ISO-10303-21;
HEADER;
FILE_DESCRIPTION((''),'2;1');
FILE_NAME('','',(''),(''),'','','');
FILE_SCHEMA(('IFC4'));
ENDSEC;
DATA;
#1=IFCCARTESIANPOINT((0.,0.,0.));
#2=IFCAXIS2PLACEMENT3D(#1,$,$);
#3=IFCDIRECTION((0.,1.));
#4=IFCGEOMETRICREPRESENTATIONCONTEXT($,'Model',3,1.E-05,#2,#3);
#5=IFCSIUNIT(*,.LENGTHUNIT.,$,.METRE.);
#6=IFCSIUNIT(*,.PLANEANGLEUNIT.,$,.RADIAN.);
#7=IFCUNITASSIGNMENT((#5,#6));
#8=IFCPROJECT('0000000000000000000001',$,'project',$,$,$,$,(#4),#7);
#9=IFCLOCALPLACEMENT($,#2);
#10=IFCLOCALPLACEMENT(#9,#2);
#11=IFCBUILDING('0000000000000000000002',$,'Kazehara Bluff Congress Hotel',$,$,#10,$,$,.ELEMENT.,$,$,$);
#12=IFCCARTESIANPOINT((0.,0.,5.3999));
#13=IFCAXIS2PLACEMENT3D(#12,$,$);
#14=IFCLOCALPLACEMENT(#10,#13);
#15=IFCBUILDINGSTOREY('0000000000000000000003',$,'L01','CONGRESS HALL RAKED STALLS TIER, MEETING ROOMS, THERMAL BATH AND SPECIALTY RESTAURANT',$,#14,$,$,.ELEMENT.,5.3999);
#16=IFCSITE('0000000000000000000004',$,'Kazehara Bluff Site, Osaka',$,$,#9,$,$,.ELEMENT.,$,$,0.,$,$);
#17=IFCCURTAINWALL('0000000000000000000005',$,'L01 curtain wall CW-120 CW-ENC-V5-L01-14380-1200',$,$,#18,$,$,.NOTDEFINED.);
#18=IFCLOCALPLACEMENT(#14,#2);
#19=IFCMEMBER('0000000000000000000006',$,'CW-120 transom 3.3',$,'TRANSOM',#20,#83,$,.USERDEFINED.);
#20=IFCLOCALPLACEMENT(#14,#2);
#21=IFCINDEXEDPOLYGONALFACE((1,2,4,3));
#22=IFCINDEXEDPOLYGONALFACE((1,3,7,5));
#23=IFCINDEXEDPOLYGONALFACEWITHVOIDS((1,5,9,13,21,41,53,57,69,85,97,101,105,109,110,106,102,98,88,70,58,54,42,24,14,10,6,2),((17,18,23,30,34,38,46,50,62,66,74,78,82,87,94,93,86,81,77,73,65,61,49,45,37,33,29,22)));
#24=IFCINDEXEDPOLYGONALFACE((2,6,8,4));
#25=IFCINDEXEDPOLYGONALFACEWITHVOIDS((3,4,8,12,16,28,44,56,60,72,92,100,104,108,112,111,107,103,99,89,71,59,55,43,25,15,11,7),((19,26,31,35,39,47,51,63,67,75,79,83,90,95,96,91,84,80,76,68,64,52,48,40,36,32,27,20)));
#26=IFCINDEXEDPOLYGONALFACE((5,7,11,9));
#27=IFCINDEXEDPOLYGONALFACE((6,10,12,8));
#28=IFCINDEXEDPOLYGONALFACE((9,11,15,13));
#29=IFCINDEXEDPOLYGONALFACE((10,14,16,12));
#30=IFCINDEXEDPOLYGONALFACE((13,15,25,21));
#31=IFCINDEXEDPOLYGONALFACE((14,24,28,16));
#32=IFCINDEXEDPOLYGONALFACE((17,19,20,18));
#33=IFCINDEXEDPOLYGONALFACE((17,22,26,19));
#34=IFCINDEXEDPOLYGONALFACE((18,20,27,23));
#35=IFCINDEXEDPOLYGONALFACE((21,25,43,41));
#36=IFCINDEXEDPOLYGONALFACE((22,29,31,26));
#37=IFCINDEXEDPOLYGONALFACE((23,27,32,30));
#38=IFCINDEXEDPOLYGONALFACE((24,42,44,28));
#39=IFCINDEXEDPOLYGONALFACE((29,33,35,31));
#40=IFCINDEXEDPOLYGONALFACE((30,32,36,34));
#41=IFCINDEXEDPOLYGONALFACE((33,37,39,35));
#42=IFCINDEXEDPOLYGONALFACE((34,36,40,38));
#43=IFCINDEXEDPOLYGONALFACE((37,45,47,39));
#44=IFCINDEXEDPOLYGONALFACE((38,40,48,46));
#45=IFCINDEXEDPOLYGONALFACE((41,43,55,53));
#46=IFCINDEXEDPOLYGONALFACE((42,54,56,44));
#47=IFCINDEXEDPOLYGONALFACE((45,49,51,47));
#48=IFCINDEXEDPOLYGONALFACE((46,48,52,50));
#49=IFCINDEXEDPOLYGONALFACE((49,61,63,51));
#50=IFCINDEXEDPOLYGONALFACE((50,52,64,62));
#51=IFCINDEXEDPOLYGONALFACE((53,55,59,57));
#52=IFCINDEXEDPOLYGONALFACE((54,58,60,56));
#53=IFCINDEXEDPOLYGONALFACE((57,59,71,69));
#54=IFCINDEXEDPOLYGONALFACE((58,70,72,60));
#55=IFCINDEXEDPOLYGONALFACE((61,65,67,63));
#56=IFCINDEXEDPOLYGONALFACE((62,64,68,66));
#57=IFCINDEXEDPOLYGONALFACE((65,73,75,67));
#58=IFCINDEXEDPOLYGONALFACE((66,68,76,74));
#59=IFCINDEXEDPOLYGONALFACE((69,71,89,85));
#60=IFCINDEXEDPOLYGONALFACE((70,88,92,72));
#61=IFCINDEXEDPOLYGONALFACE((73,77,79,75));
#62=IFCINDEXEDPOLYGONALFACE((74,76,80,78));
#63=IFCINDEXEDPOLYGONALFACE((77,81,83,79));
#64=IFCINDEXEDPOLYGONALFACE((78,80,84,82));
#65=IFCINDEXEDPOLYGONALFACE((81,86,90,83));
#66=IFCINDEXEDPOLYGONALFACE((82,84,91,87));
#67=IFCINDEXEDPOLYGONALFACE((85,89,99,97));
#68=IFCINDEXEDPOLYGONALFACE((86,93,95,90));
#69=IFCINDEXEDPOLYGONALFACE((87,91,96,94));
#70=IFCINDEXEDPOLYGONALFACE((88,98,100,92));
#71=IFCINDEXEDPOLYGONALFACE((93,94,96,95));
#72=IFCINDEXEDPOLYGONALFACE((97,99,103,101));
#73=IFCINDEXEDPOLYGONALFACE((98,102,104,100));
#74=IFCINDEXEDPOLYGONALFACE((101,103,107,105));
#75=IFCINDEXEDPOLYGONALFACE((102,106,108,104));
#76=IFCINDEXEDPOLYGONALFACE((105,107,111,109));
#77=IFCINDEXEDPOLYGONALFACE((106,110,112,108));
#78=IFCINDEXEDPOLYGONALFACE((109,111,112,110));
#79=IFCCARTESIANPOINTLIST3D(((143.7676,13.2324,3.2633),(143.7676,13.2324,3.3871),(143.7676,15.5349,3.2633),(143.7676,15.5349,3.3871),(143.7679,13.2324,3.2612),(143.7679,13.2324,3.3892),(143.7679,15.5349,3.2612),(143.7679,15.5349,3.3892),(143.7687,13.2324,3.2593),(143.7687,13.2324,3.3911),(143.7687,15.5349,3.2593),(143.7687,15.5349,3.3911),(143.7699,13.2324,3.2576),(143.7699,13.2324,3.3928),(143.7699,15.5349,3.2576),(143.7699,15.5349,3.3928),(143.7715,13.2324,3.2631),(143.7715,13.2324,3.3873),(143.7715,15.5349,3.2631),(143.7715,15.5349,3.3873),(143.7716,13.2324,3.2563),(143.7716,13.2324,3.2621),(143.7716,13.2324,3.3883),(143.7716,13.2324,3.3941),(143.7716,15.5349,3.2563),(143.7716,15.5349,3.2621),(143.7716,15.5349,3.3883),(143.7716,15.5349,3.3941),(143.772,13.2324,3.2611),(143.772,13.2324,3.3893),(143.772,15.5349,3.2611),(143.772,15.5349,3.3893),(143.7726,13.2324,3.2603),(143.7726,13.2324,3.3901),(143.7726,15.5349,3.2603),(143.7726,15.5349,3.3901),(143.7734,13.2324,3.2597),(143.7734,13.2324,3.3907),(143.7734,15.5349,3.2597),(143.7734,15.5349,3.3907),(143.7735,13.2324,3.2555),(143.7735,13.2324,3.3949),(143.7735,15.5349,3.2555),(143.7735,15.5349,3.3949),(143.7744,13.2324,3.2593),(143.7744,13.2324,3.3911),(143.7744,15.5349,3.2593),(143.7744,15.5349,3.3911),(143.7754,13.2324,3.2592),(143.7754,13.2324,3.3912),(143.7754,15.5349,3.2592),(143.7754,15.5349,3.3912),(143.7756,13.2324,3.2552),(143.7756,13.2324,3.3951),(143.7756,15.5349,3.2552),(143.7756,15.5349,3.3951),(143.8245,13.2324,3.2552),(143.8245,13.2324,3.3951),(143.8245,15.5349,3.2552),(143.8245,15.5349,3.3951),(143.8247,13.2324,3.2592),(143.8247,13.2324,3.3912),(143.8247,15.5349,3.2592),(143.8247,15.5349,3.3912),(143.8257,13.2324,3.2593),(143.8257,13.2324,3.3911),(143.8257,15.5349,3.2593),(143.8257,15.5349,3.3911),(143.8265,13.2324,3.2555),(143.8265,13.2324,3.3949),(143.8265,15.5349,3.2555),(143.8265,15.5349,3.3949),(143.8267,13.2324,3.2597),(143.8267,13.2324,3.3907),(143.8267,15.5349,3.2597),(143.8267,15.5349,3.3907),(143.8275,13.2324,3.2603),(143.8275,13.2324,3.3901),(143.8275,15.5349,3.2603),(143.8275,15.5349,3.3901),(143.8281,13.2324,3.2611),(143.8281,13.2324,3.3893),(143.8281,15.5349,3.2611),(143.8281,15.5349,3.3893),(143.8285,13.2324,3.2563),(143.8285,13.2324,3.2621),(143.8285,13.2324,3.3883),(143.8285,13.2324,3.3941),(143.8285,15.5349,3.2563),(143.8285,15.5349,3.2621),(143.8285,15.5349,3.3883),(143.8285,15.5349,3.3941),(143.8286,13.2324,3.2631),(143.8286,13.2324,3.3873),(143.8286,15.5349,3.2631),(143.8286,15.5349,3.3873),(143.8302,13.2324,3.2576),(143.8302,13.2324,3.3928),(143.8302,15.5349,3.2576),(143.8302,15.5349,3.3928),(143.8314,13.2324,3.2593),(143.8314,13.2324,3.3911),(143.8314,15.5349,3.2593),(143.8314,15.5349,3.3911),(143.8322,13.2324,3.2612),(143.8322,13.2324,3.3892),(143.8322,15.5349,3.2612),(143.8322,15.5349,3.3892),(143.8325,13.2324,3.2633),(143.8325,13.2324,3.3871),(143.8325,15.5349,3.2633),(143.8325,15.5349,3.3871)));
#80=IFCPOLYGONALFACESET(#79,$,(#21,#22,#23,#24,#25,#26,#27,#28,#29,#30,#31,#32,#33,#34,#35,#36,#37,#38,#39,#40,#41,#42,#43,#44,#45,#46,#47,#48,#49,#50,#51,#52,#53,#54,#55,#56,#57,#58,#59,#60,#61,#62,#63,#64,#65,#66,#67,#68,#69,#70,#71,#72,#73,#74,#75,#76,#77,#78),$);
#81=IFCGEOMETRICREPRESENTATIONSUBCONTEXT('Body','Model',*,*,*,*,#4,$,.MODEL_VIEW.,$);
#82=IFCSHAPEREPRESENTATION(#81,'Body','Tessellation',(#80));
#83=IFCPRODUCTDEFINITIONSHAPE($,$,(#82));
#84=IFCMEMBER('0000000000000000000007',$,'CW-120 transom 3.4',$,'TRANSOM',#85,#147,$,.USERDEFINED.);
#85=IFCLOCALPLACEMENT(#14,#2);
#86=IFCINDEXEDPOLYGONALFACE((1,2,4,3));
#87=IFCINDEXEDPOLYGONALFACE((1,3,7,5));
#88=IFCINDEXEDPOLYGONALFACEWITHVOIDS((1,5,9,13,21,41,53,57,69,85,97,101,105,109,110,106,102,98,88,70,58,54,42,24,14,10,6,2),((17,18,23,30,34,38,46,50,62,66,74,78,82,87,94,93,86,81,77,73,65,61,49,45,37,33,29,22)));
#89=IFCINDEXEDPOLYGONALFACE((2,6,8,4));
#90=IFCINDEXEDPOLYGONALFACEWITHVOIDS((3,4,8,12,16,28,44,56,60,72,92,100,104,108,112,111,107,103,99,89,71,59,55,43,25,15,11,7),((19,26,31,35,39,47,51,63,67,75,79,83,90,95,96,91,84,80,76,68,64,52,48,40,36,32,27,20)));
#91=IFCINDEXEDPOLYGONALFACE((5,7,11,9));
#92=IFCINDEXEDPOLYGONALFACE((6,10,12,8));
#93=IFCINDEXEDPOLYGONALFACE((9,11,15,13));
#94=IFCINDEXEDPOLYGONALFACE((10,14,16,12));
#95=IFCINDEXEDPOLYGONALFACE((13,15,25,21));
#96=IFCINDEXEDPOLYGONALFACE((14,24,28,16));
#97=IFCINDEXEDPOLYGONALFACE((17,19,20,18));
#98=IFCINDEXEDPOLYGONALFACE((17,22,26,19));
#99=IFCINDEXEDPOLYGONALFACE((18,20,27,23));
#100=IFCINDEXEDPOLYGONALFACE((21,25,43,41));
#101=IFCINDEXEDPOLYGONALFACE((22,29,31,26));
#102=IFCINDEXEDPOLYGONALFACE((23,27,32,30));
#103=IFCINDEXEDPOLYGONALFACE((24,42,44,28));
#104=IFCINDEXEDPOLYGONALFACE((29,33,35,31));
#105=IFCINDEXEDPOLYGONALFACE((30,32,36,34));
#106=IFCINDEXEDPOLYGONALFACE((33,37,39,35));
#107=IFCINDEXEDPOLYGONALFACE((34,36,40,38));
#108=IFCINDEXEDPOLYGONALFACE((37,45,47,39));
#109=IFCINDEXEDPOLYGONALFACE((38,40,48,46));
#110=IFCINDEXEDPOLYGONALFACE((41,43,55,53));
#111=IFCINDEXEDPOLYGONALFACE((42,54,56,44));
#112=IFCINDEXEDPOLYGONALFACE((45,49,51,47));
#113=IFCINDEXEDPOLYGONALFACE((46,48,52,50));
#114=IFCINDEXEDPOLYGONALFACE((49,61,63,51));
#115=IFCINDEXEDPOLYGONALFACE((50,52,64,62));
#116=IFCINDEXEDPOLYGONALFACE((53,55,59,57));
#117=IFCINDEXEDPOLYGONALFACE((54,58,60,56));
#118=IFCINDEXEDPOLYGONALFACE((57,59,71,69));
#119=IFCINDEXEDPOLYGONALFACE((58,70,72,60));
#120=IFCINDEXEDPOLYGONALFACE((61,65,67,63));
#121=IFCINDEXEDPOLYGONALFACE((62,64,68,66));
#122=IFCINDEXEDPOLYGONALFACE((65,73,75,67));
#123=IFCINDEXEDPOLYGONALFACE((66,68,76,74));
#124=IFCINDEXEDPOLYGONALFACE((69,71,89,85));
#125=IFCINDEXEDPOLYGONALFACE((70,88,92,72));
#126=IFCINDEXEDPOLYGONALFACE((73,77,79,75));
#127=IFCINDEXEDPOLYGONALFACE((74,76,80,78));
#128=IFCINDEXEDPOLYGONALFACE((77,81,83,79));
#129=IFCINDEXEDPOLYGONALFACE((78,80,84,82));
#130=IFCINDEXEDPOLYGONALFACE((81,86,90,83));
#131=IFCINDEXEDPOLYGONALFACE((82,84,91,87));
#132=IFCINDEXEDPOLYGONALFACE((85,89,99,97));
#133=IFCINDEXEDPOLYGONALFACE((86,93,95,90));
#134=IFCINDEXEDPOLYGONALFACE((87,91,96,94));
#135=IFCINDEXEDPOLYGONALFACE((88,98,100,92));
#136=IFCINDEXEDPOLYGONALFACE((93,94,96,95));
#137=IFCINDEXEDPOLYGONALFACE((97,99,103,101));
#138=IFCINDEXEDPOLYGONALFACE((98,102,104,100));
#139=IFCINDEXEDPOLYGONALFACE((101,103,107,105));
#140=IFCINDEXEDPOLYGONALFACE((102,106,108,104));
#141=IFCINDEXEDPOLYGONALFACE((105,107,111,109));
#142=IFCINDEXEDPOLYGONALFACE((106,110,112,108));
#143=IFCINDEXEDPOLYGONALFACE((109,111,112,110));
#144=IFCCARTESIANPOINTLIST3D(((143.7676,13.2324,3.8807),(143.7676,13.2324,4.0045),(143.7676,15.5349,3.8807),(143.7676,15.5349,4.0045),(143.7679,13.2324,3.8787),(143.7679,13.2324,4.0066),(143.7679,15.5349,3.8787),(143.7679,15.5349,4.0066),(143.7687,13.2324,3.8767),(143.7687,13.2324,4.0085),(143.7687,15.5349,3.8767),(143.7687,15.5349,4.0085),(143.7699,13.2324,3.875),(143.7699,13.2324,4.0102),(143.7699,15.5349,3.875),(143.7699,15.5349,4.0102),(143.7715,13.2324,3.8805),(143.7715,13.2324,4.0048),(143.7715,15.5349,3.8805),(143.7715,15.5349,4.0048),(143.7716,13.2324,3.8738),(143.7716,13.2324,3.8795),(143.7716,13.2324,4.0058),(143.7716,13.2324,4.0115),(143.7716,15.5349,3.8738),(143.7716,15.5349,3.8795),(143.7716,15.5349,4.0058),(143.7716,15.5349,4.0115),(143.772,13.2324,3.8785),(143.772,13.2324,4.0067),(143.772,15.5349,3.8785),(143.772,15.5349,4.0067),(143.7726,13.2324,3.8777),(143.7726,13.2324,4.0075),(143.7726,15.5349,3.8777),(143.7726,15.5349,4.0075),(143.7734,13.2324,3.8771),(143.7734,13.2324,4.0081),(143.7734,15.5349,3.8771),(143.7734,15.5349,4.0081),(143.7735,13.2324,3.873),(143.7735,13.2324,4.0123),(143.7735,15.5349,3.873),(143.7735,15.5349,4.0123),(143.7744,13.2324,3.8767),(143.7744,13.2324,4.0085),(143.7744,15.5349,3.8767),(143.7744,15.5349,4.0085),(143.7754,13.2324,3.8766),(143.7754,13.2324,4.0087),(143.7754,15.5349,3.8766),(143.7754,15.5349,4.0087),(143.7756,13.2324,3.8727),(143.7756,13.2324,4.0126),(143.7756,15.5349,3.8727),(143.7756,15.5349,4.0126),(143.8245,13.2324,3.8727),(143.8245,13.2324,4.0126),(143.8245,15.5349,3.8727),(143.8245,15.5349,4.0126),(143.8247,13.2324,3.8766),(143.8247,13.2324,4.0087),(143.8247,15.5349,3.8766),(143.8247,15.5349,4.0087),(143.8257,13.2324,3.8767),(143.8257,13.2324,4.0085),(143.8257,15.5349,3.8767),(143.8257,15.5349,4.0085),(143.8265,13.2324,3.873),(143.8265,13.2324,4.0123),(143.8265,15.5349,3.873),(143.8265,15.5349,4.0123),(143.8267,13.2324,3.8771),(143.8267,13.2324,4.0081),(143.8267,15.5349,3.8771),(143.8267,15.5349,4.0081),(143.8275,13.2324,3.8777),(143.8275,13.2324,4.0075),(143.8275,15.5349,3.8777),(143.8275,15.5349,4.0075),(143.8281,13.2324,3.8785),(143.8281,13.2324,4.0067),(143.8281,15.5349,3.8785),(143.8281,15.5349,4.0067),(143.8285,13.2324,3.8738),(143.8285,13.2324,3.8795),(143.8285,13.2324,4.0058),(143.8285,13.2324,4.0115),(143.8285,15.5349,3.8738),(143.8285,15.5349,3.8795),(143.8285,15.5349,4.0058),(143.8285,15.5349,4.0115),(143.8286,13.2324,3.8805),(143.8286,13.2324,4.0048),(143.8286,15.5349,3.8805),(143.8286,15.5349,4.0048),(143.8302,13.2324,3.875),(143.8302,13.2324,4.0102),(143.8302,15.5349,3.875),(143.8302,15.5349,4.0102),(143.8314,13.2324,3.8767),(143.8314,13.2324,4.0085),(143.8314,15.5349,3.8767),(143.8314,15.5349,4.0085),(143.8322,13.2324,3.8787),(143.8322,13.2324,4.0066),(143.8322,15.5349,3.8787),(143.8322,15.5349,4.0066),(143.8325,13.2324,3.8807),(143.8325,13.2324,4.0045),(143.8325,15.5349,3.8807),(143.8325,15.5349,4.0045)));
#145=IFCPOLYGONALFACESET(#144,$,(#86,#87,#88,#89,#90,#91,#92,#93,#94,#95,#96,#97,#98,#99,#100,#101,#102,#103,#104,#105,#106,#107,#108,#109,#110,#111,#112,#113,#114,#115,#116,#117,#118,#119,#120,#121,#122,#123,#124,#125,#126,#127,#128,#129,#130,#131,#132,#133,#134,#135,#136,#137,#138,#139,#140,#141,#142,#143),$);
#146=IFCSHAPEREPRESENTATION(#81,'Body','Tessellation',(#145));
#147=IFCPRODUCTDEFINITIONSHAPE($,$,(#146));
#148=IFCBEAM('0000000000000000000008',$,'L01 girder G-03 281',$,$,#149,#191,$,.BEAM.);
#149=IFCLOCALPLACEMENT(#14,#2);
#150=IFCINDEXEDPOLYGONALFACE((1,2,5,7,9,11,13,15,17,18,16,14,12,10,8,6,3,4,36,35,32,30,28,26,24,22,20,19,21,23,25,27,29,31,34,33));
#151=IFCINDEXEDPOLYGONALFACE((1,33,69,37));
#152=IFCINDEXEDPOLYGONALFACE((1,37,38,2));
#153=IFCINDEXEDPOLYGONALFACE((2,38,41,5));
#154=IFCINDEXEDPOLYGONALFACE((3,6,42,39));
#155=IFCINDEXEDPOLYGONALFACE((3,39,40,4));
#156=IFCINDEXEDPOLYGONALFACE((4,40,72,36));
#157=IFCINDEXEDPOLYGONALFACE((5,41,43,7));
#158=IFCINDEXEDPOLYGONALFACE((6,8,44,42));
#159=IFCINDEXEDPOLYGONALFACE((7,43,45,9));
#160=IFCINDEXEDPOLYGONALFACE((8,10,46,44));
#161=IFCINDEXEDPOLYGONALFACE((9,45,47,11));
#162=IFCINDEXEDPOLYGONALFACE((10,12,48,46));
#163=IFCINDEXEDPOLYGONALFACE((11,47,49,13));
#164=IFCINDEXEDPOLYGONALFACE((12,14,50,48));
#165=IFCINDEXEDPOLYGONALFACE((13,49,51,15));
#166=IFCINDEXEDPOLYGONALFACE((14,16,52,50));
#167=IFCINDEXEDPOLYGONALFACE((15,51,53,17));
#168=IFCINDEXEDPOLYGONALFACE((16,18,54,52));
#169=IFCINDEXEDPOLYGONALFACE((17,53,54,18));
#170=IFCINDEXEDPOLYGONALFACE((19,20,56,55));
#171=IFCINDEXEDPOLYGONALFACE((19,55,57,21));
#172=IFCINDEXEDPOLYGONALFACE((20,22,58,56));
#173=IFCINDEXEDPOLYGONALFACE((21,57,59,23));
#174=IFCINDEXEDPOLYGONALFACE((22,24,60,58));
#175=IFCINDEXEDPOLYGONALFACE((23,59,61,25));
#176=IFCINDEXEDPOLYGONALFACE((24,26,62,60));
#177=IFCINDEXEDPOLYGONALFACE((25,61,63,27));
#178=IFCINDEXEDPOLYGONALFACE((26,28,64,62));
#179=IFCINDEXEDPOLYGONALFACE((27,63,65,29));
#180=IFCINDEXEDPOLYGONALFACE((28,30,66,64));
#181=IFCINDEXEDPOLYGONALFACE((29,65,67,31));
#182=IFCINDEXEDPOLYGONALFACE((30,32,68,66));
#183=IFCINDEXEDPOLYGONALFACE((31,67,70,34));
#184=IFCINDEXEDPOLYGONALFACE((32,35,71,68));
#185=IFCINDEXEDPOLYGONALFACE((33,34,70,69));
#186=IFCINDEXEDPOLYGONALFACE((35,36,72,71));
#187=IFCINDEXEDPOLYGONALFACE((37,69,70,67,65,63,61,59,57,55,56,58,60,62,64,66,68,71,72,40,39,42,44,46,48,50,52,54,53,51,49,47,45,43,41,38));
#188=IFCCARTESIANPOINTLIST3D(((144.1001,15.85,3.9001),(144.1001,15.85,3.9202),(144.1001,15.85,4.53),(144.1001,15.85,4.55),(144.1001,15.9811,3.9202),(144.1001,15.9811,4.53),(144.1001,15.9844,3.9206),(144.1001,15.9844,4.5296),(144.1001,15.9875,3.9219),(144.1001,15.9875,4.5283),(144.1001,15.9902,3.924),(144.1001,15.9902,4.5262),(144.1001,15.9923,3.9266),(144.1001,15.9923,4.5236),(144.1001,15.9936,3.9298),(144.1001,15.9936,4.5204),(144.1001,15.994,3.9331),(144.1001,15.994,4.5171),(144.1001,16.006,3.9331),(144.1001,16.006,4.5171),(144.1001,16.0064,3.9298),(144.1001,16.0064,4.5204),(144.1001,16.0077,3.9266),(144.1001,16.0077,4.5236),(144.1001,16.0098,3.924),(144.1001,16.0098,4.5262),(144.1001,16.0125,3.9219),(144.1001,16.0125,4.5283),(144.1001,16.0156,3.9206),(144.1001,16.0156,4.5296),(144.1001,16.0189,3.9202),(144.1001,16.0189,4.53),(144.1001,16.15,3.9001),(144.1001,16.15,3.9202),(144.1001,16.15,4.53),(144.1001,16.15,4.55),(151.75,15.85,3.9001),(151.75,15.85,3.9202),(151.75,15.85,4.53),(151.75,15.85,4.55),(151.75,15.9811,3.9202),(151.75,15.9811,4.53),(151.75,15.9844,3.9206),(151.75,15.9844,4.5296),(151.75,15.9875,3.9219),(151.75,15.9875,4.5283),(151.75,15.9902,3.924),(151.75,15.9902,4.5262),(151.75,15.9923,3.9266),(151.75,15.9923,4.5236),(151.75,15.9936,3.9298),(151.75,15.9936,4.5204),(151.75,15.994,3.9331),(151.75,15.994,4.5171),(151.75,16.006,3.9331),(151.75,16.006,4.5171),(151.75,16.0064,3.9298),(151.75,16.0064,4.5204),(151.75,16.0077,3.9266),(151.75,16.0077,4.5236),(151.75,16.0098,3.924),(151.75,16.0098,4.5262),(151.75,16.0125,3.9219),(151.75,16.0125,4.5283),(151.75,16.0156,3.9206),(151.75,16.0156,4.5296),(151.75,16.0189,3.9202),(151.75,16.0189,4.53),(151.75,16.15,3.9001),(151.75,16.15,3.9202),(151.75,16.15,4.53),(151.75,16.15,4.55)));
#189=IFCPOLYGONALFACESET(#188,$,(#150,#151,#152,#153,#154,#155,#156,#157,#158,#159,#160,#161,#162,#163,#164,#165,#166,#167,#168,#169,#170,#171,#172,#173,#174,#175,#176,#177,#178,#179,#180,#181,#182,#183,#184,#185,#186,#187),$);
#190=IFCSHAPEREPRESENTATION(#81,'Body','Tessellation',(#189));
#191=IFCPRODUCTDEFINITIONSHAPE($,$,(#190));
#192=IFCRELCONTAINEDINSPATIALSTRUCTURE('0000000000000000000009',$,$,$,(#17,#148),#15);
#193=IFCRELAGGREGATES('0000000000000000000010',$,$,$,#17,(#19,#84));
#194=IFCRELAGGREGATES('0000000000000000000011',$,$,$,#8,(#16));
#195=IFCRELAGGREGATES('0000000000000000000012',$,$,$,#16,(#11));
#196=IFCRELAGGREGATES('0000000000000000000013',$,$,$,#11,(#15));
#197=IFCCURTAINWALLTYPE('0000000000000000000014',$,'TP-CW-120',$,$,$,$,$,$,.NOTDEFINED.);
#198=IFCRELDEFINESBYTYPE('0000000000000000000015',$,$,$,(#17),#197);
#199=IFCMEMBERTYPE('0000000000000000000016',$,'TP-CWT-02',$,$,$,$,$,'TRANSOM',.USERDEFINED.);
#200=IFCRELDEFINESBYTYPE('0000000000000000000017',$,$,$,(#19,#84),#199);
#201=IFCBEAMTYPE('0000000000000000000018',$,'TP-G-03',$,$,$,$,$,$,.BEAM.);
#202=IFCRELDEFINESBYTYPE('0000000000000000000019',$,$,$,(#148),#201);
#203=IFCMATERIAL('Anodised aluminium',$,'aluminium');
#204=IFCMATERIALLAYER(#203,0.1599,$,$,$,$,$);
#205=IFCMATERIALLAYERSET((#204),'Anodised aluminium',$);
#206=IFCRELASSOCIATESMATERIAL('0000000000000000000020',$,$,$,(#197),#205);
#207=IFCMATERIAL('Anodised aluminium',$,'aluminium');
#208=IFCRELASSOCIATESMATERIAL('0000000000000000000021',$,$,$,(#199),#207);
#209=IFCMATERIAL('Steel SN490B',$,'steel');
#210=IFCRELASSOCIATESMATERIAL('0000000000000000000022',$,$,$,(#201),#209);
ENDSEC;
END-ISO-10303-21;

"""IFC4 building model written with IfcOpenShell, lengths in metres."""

from ifc_helpers import new_model, si_unit, direction, frame, origin, origin_2d, place, context, subcontext, project, spatial, hollow_rectangle, i_section, extrude, material, layer, layer_set, material_profile, profile_set, type_object, element, aggregate, save


model = new_model("IFC4")

# Units and contexts
model_context = context("Model", 3, precision=1e-05, world=origin(), true_north=direction((0.0, 1.0)))
body_context = subcontext(model_context, "Body", "Model", "MODEL_VIEW")
ifc_project = project(units=[si_unit("LENGTHUNIT", "METRE"), si_unit("PLANEANGLEUNIT", "RADIAN")], contexts=[model_context])

# Site, building, storey
site_placement = place(None, origin())
site = spatial("IfcSite", under=ifc_project, at=site_placement, Name="Kazehara Bluff Site, Osaka", CompositionType="ELEMENT", RefElevation=0.0)
building_placement = place(site_placement, origin())
building = spatial("IfcBuilding", under=site, at=building_placement, Name="Kazehara Bluff Congress Hotel", CompositionType="ELEMENT")
storey_placement = place(building_placement, frame((0.0, 0.0, 5.3999)))
storey = spatial("IfcBuildingStorey", under=building, at=storey_placement, Name="L01", Description="CONGRESS HALL RAKED STALLS TIER, MEETING ROOMS, THERMAL BATH AND SPECIALTY RESTAURANT", CompositionType="ELEMENT", Elevation=5.3999)

# Curtain wall
ifc_material_1 = material(Name="Anodised aluminium", Category="aluminium")
ifc_layer_1 = layer(ifc_material_1, 0.1599)
ifc_layer_set_1 = layer_set([ifc_layer_1], Name="Anodised aluminium")
curtain_wall_type_1 = type_object("IfcCurtainWallType", Name="TP-CW-120", PredefinedType="NOTDEFINED", material=ifc_layer_set_1)
curtain_wall_1_placement = place(storey_placement, origin())
curtain_wall_1 = element("IfcCurtainWall", 1, at=curtain_wall_1_placement, inside=storey, type_object=curtain_wall_type_1, Name="L01 curtain wall CW-120 CW-ENC-V5-L01-14380-1200", PredefinedType="NOTDEFINED")

# Members
ifc_material_2 = material(Name="Anodised aluminium", Category="aluminium")
ifc_material_profile_1 = material_profile(ifc_material_2, hollow_rectangle(XDim=0.0649, YDim=0.1399, WallThickness=0.0039, InnerFilletRadius=0.0039, OuterFilletRadius=0.0081, at=origin_2d()))
ifc_profile_set_1 = profile_set([ifc_material_profile_1], Name="Anodised aluminium")
member_type_1 = type_object("IfcMemberType", Name="TP-CWT-02", ElementType="TRANSOM", PredefinedType="USERDEFINED", material=ifc_profile_set_1)
member_1_placement = place(storey_placement, frame((143.8, 13.2324, 3.3252), z_axis=(0.0, 1.0, 0.0), x_axis=(-1.0, 0.0, 0.0)))
member_1 = element("IfcMember", 2, at=member_1_placement, type_object=member_type_1, Name="CW-120 transom 3.3", ObjectType="TRANSOM", PredefinedType="USERDEFINED", context=body_context, shape_type="SweptSolid", body=[
    extrude(hollow_rectangle(XDim=0.0649, YDim=0.1399, WallThickness=0.0039, InnerFilletRadius=0.0039, OuterFilletRadius=0.0081, at=origin_2d()), origin(), (0.0, 0.0, 1.0), 2.3025),
])
member_2_placement = place(storey_placement, frame((143.8, 13.2324, 3.9426), z_axis=(0.0, 1.0, 0.0), x_axis=(-1.0, 0.0, 0.0)))
member_2 = element("IfcMember", 3, at=member_2_placement, type_object=member_type_1, Name="CW-120 transom 3.4", ObjectType="TRANSOM", PredefinedType="USERDEFINED", context=body_context, shape_type="SweptSolid", body=[
    extrude(hollow_rectangle(XDim=0.0649, YDim=0.1399, WallThickness=0.0039, InnerFilletRadius=0.0039, OuterFilletRadius=0.0081, at=origin_2d()), origin(), (0.0, 0.0, 1.0), 2.3025),
])

# Beam
ifc_material_3 = material(Name="Steel SN490B", Category="steel")
ifc_material_profile_2 = material_profile(ifc_material_3, i_section(OverallWidth=0.3, OverallDepth=0.6499, WebThickness=0.012, FlangeThickness=0.02, FilletRadius=0.0129, at=origin_2d()))
ifc_profile_set_2 = profile_set([ifc_material_profile_2], Name="Steel SN490B")
beam_type_1 = type_object("IfcBeamType", Name="TP-G-03", PredefinedType="BEAM", material=ifc_profile_set_2)
beam_1_placement = place(storey_placement, frame((144.1001, 16.0, 4.2251), z_axis=(1.0, 0.0, 0.0), x_axis=(0.0, 1.0, 0.0)))
element("IfcBeam", 4, at=beam_1_placement, inside=storey, type_object=beam_type_1, Name="L01 girder G-03 281", PredefinedType="BEAM", context=body_context, shape_type="SweptSolid", body=[
    extrude(i_section(OverallWidth=0.3, OverallDepth=0.6499, WebThickness=0.012, FlangeThickness=0.02, FilletRadius=0.0129, at=origin_2d()), origin(), (0.0, 0.0, 1.0), 7.6499),
])

aggregate(curtain_wall_1, [member_1, member_2])

save(model, "model.ifc")
